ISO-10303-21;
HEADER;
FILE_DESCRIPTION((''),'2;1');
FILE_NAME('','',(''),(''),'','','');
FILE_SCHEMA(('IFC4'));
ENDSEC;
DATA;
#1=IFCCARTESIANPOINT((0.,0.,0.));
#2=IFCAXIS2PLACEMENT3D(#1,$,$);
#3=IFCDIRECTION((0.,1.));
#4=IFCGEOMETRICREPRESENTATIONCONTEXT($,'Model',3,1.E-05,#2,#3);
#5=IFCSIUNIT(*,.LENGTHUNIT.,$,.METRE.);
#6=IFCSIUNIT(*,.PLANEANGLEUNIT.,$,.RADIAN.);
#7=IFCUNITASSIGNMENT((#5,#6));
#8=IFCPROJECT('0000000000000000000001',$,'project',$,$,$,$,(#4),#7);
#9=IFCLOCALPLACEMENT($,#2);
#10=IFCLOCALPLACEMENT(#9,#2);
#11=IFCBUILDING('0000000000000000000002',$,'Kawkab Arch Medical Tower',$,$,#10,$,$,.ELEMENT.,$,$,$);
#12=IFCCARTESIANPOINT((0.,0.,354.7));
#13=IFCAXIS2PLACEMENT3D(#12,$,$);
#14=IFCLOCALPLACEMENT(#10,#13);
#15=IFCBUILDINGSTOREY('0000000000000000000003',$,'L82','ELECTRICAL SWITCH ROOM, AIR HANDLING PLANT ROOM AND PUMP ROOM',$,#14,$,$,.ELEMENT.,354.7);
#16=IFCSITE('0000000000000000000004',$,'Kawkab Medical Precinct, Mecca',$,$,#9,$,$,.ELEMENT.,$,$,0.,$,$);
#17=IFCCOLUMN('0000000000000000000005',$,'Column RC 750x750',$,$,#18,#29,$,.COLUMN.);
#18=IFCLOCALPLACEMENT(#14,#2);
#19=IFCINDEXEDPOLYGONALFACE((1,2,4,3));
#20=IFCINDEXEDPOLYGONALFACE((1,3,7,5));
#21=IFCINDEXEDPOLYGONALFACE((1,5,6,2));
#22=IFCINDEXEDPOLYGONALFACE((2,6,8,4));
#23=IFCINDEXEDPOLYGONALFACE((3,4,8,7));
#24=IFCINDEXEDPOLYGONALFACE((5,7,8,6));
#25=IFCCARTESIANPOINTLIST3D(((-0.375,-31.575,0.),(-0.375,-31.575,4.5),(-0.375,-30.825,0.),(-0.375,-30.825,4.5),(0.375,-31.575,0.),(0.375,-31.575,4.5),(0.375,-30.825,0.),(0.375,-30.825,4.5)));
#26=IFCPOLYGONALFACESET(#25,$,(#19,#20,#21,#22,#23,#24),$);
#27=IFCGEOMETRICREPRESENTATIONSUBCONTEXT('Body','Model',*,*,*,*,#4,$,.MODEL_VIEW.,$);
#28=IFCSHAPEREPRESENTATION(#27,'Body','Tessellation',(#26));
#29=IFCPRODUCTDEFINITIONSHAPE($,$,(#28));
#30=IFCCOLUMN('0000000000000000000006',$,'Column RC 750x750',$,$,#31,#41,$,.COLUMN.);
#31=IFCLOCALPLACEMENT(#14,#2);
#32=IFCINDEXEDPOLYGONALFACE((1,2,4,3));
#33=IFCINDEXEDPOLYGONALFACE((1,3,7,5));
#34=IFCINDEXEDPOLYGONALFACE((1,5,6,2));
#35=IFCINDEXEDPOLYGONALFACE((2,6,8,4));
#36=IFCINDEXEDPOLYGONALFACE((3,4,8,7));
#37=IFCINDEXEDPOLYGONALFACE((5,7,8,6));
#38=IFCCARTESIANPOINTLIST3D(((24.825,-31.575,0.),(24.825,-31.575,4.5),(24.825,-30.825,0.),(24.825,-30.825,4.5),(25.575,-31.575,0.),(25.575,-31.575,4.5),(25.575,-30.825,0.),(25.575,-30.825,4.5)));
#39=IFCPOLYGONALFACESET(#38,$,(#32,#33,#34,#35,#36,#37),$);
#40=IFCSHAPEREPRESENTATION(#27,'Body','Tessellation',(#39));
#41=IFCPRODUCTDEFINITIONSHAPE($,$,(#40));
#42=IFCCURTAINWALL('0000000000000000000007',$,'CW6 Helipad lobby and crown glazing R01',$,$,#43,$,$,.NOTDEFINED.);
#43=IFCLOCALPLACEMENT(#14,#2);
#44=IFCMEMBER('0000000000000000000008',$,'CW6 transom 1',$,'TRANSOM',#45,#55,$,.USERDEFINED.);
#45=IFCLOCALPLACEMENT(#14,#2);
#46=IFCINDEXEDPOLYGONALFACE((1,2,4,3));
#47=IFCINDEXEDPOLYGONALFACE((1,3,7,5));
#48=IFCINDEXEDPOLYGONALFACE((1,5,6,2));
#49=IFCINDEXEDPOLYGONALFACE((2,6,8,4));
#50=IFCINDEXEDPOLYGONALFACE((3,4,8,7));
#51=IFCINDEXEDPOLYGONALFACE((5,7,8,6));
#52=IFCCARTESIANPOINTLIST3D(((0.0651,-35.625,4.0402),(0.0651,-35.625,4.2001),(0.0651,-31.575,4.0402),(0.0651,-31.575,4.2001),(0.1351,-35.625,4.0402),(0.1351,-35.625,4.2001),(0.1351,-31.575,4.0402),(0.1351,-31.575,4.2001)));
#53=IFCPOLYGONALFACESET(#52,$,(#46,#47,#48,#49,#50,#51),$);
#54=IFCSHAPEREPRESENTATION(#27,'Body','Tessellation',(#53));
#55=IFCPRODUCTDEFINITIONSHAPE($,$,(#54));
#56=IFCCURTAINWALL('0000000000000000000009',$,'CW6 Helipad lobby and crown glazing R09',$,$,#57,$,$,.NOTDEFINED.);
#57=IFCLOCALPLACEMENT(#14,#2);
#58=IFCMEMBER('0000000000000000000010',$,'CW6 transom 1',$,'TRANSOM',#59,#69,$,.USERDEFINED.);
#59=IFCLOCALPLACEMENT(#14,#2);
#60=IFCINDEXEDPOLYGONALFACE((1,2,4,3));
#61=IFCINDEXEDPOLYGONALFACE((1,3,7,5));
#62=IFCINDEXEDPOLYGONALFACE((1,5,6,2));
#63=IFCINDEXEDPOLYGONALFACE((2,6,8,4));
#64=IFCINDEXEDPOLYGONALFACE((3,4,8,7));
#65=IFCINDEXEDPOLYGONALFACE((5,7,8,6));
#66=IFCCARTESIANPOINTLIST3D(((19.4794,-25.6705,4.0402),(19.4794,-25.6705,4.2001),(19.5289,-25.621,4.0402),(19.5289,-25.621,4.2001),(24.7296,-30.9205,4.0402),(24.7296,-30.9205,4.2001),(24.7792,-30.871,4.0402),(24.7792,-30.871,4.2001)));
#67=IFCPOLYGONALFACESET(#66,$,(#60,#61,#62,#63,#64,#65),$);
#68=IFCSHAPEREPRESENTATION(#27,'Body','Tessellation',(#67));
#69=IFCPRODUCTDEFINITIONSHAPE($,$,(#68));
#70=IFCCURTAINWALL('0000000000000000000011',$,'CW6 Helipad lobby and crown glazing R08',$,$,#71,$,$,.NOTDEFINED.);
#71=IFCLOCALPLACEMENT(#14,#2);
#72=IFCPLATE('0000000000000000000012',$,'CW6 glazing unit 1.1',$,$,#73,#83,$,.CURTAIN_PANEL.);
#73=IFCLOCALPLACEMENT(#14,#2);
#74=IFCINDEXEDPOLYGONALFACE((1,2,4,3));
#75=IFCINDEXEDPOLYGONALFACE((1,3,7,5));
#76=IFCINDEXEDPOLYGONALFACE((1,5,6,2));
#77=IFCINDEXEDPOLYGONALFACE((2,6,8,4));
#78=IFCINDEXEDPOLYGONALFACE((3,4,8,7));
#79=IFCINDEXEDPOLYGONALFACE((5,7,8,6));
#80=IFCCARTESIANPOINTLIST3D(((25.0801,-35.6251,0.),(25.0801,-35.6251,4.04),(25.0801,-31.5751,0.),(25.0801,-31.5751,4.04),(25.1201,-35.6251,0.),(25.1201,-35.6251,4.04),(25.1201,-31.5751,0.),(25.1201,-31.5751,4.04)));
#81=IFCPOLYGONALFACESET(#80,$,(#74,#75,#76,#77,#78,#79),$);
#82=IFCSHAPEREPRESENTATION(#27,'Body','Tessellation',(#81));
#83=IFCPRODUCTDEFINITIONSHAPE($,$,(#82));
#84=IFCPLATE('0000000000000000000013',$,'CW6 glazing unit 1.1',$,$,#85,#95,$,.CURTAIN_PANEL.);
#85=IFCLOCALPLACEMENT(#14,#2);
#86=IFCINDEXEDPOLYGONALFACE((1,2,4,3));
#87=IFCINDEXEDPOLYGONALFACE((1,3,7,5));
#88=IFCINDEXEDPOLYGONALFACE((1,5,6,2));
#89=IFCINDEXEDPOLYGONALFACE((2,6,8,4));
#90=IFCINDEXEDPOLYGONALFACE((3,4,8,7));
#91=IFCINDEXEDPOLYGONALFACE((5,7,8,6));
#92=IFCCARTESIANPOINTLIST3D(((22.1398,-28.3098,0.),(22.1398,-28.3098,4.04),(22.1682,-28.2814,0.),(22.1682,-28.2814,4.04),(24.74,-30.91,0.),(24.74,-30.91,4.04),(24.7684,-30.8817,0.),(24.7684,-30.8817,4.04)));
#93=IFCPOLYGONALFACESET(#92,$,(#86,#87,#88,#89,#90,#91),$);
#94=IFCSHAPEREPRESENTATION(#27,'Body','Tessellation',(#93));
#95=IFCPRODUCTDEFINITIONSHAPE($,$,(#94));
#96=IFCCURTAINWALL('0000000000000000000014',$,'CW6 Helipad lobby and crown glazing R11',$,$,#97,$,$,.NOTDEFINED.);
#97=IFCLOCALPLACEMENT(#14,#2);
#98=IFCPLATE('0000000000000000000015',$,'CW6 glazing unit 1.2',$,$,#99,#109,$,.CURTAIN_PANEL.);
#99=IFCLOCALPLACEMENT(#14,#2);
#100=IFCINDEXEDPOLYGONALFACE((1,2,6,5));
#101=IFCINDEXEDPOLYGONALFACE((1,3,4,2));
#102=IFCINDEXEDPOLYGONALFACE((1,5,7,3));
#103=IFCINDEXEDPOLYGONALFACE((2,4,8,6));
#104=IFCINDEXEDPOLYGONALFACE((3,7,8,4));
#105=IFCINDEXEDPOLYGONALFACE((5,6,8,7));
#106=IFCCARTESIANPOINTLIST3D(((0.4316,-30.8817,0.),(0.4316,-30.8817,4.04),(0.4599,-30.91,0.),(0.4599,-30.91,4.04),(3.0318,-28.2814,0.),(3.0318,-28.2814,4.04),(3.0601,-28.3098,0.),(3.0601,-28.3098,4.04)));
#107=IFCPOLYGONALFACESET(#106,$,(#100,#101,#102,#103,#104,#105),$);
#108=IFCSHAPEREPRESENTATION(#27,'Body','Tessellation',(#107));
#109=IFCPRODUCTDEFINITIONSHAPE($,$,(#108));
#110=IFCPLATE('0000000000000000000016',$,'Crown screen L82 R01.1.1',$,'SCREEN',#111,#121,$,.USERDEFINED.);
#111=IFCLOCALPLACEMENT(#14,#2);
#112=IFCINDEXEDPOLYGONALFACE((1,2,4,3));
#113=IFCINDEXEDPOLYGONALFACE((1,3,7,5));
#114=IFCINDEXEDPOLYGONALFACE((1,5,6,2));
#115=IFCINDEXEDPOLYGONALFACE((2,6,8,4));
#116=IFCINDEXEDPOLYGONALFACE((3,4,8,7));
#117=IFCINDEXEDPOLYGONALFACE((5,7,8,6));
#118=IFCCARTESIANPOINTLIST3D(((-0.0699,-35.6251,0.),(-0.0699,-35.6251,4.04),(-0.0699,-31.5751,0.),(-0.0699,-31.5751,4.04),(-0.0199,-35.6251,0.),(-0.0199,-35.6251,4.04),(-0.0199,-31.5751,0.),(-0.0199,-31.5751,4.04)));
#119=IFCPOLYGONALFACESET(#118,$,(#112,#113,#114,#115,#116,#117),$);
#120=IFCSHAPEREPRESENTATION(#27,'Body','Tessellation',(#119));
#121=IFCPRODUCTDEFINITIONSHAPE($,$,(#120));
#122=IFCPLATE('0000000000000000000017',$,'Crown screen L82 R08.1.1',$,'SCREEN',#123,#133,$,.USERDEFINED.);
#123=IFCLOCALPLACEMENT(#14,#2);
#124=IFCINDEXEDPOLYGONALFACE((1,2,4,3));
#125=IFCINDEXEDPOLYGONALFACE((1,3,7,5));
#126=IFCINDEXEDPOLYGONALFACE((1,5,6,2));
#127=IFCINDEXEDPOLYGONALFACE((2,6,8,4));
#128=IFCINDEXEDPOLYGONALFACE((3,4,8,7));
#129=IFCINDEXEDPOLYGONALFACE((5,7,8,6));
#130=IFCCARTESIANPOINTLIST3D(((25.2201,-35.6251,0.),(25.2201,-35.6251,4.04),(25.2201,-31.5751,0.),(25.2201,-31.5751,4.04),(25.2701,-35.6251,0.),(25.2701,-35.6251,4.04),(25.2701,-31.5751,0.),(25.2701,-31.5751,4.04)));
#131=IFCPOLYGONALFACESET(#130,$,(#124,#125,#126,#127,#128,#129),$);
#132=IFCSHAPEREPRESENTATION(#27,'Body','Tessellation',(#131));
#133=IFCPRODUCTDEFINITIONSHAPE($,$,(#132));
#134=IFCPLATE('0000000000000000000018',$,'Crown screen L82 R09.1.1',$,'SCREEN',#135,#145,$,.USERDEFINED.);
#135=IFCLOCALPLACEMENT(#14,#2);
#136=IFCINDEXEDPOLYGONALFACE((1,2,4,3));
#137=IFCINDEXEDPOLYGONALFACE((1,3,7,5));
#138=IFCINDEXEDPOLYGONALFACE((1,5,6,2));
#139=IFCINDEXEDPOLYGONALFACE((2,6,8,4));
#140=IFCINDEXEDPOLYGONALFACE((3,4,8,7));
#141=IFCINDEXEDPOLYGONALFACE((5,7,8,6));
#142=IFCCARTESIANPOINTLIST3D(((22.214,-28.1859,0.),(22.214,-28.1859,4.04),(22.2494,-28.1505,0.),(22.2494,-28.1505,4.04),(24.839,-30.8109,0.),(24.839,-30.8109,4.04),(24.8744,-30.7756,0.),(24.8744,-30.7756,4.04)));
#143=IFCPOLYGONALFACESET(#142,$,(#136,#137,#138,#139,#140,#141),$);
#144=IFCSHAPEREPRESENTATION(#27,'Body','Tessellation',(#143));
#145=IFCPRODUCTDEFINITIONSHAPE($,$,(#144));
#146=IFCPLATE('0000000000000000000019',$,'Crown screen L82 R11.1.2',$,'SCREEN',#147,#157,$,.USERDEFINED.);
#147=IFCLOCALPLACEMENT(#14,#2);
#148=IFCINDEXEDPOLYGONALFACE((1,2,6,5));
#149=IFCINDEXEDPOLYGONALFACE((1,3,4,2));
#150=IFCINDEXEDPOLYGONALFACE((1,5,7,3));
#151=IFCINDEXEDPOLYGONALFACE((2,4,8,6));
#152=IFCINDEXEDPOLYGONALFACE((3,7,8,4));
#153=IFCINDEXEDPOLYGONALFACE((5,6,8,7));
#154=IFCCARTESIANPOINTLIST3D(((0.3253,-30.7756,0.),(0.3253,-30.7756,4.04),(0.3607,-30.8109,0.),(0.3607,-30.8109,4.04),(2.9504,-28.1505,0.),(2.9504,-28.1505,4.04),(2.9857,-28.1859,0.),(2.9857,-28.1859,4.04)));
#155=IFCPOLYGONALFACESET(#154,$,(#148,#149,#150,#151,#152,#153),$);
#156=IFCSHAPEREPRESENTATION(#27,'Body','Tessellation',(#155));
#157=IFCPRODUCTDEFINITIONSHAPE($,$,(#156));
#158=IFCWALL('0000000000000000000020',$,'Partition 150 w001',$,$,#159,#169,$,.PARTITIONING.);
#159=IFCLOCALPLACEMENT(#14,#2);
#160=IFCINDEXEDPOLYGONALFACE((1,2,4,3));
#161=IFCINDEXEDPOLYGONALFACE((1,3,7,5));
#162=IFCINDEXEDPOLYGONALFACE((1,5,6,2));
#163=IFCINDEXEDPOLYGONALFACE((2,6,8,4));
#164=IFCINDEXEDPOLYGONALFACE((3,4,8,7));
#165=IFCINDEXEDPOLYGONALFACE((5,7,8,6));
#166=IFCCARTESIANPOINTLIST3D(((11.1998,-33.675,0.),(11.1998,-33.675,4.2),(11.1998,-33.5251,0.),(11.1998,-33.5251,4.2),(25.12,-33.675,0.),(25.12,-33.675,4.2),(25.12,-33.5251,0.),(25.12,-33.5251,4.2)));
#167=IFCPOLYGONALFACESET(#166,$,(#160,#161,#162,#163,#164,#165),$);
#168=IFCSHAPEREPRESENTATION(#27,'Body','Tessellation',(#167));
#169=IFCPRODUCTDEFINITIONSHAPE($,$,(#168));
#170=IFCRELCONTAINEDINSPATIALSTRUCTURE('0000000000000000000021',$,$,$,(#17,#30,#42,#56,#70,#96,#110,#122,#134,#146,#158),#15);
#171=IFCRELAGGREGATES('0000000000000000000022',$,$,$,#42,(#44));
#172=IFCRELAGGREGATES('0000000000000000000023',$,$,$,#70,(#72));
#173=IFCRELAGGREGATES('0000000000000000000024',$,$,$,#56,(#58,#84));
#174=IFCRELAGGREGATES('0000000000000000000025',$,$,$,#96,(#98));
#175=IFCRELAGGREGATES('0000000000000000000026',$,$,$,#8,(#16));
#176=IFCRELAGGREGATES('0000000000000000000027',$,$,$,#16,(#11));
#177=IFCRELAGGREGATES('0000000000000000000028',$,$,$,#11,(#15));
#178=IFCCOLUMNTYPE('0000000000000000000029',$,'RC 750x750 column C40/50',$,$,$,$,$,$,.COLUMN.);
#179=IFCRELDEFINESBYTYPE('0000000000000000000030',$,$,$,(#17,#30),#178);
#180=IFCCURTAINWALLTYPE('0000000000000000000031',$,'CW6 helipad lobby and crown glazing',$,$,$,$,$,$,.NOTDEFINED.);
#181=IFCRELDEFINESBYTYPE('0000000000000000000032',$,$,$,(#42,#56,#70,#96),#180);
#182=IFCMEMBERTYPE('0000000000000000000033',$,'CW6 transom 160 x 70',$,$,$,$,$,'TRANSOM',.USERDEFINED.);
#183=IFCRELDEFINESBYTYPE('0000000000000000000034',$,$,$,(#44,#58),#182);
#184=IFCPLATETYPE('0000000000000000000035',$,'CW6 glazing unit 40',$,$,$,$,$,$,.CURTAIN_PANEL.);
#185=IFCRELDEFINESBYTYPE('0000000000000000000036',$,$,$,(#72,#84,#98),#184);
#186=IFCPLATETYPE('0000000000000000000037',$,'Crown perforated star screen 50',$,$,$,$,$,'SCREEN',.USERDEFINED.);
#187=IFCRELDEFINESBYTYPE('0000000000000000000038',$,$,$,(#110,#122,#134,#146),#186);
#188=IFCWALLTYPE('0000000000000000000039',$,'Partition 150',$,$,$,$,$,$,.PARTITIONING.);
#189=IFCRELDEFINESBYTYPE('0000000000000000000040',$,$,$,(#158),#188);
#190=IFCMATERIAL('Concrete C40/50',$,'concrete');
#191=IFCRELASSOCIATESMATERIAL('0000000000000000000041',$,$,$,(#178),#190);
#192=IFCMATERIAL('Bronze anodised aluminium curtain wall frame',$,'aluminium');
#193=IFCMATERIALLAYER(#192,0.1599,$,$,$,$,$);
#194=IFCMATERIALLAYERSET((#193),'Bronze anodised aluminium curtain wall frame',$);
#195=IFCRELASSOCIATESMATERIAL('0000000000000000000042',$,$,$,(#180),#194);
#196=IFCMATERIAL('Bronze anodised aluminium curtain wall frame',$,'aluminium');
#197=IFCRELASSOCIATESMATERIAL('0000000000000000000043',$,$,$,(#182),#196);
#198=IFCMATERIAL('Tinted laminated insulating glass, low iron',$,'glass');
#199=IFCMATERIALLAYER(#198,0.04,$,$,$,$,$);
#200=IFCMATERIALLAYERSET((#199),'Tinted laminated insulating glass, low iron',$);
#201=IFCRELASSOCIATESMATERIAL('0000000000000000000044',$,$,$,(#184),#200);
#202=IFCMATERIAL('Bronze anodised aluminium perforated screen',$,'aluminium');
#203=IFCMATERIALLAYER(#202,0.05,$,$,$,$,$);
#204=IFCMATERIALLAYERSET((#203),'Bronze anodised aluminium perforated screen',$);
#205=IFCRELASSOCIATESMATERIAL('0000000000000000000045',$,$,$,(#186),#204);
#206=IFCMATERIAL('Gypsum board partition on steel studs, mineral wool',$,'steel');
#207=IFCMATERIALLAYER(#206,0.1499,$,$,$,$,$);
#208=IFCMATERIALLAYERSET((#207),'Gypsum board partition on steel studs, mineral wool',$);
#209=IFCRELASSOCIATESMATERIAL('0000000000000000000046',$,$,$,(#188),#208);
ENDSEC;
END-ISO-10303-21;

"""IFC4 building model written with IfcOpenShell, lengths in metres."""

from ifc_helpers import new_model, si_unit, direction, frame, frame_2d, origin, origin_2d, place, context, subcontext, project, spatial, rectangle, extrude, material, layer, layer_set, material_profile, profile_set, type_object, element, aggregate, save


model = new_model("IFC4")

# Units and contexts
model_context = context("Model", 3, precision=1e-05, world=origin(), true_north=direction((0.0, 1.0)))
body_context = subcontext(model_context, "Body", "Model", "MODEL_VIEW")
ifc_project = project(units=[si_unit("LENGTHUNIT", "METRE"), si_unit("PLANEANGLEUNIT", "RADIAN")], contexts=[model_context])

# Site, building, storey
site_placement = place(None, origin())
site = spatial("IfcSite", under=ifc_project, at=site_placement, Name="Kawkab Medical Precinct, Mecca", CompositionType="ELEMENT", RefElevation=0.0)
building_placement = place(site_placement, origin())
building = spatial("IfcBuilding", under=site, at=building_placement, Name="Kawkab Arch Medical Tower", CompositionType="ELEMENT")
storey_placement = place(building_placement, frame((0.0, 0.0, 354.7)))
storey = spatial("IfcBuildingStorey", under=building, at=storey_placement, Name="L82", Description="ELECTRICAL SWITCH ROOM, AIR HANDLING PLANT ROOM AND PUMP ROOM", CompositionType="ELEMENT", Elevation=354.7)

# Columns
ifc_material_1 = material(Name="Concrete C40/50", Category="concrete")
ifc_material_profile_1 = material_profile(ifc_material_1, rectangle(XDim=0.75, YDim=0.75, at=origin_2d()), Name="RC 750x750")
ifc_profile_set_1 = profile_set([ifc_material_profile_1], Name="Concrete C40/50")
column_type = type_object("IfcColumnType", Name="RC 750x750 column C40/50", PredefinedType="COLUMN", material=ifc_profile_set_1)
for number, where, z_axis, x_axis, name in (
    (1, (0.0, -31.2, 0.0), (0.0, 0.0, 1.0), (1.0, 0.0, 0.0), "Column RC 750x750"),
    (2, (25.2, -31.2, 0.0), (0.0, 0.0, 1.0), (1.0, 0.0, 0.0), "Column RC 750x750"),
):
    element("IfcColumn", number, at=place(storey_placement, frame(where, z_axis=z_axis, x_axis=x_axis)), inside=storey, type_object=column_type, Name=name, PredefinedType="COLUMN", context=body_context, shape_type="SweptSolid", body=[
        extrude(rectangle(XDim=0.75, YDim=0.75, at=origin_2d()), origin(), (0.0, 0.0, 1.0), 4.5),
    ])

# Curtain walls, members
ifc_material_2 = material(Name="Bronze anodised aluminium curtain wall frame", Category="aluminium")
ifc_layer_1 = layer(ifc_material_2, 0.1599)
ifc_layer_set_1 = layer_set([ifc_layer_1], Name="Bronze anodised aluminium curtain wall frame")
curtain_wall_type = type_object("IfcCurtainWallType", Name="CW6 helipad lobby and crown glazing", PredefinedType="NOTDEFINED", material=ifc_layer_set_1)
placement = place(storey_placement, origin())
curtain_wall_1 = element("IfcCurtainWall", 3, at=placement, inside=storey, type_object=curtain_wall_type, Name="CW6 Helipad lobby and crown glazing R01", PredefinedType="NOTDEFINED")
ifc_material_3 = material(Name="Bronze anodised aluminium curtain wall frame", Category="aluminium")
ifc_material_profile_2 = material_profile(ifc_material_3, rectangle(XDim=0.0701, YDim=0.1599, at=origin_2d()), Name="AL 70x160")
ifc_profile_set_2 = profile_set([ifc_material_profile_2], Name="Bronze anodised aluminium curtain wall frame")
member_type = type_object("IfcMemberType", Name="CW6 transom 160 x 70", ElementType="TRANSOM", PredefinedType="USERDEFINED", material=ifc_profile_set_2)
member_1_placement = place(storey_placement, frame((0.1001, -31.575, 4.1201), z_axis=(0.0, -1.0, 0.0), x_axis=(1.0, 0.0, 0.0)))
member_1 = element("IfcMember", 4, at=member_1_placement, type_object=member_type, Name="CW6 transom 1", ObjectType="TRANSOM", PredefinedType="USERDEFINED", context=body_context, shape_type="SweptSolid", body=[
    extrude(rectangle(XDim=0.0701, YDim=0.1599, at=origin_2d()), origin(), (0.0, 0.0, 1.0), 4.05),
])
aggregate(curtain_wall_1, [member_1])
curtain_wall_2 = element("IfcCurtainWall", 5, at=placement, inside=storey, type_object=curtain_wall_type, Name="CW6 Helipad lobby and crown glazing R09", PredefinedType="NOTDEFINED")
member_2_placement = place(storey_placement, frame((24.7544, -30.8958, 4.1201), z_axis=(-0.707123, 0.70709, 0.0), x_axis=(-0.70709, -0.707123, 0.0)))
member_2 = element("IfcMember", 6, at=member_2_placement, type_object=member_type, Name="CW6 transom 1", ObjectType="TRANSOM", PredefinedType="USERDEFINED", context=body_context, shape_type="SweptSolid", body=[
    extrude(rectangle(XDim=0.0701, YDim=0.1599, at=origin_2d()), origin(), (0.0, 0.0, 1.0), 7.4248),
])

# Curtain wall, plate
curtain_wall_3 = element("IfcCurtainWall", 7, at=placement, inside=storey, type_object=curtain_wall_type, Name="CW6 Helipad lobby and crown glazing R08", PredefinedType="NOTDEFINED")
ifc_material_4 = material(Name="Tinted laminated insulating glass, low iron", Category="glass")
ifc_layer_2 = layer(ifc_material_4, 0.04)
ifc_layer_set_2 = layer_set([ifc_layer_2], Name="Tinted laminated insulating glass, low iron")
plate_type_1 = type_object("IfcPlateType", Name="CW6 glazing unit 40", PredefinedType="CURTAIN_PANEL", material=ifc_layer_set_2)
plate_1_placement = place(storey_placement, frame((25.1001, -33.6001, 0.0), z_axis=(0.0, 0.0, 1.0), x_axis=(0.0, 1.0, 0.0)))
plate_1 = element("IfcPlate", 8, at=plate_1_placement, type_object=plate_type_1, Name="CW6 glazing unit 1.1", PredefinedType="CURTAIN_PANEL", context=body_context, shape_type="SweptSolid", body=[
    extrude(rectangle(XDim=4.05, YDim=0.04, at=origin_2d()), origin(), (0.0, 0.0, 1.0), 4.04),
])
aggregate(curtain_wall_3, [plate_1])

# Plate
plate_2_placement = place(storey_placement, frame((23.4541, -29.5957, 0.0), z_axis=(0.0, 0.0, 1.0), x_axis=(-0.707107, 0.707107, 0.0)))
plate_2 = element("IfcPlate", 9, at=plate_2_placement, type_object=plate_type_1, Name="CW6 glazing unit 1.1", PredefinedType="CURTAIN_PANEL", context=body_context, shape_type="SweptSolid", body=[
    extrude(rectangle(XDim=3.6772, YDim=0.04, at=origin_2d()), origin(), (0.0, 0.0, 1.0), 4.04),
])
aggregate(curtain_wall_2, [member_2, plate_2])

# Curtain wall, plate
curtain_wall_4 = element("IfcCurtainWall", 10, at=placement, inside=storey, type_object=curtain_wall_type, Name="CW6 Helipad lobby and crown glazing R11", PredefinedType="NOTDEFINED")
plate_3_placement = place(storey_placement, frame((1.7458, -29.5957, 0.0), z_axis=(0.0, 0.0, 1.0), x_axis=(-0.707107, -0.707107, 0.0)))
plate_3 = element("IfcPlate", 11, at=plate_3_placement, type_object=plate_type_1, Name="CW6 glazing unit 1.2", PredefinedType="CURTAIN_PANEL", context=body_context, shape_type="SweptSolid", body=[
    extrude(rectangle(XDim=3.6772, YDim=0.04, at=origin_2d()), origin(), (0.0, 0.0, 1.0), 4.04),
])
aggregate(curtain_wall_4, [plate_3])

# Plates
ifc_material_5 = material(Name="Bronze anodised aluminium perforated screen", Category="aluminium")
ifc_layer_3 = layer(ifc_material_5, 0.05)
ifc_layer_set_3 = layer_set([ifc_layer_3], Name="Bronze anodised aluminium perforated screen")
plate_type_2 = type_object("IfcPlateType", Name="Crown perforated star screen 50", ElementType="SCREEN", PredefinedType="USERDEFINED", material=ifc_layer_set_3)
for number, where, z_axis, x_axis, name in (
    (12, (-0.0449, -33.6001, 0.0), (0.0, 0.0, 1.0), (0.0, -1.0, 0.0), "Crown screen L82 R01.1.1"),
    (13, (25.2451, -33.6001, 0.0), (0.0, 0.0, 1.0), (0.0, 1.0, 0.0), "Crown screen L82 R08.1.1"),
):
    element("IfcPlate", number, at=place(storey_placement, frame(where, z_axis=z_axis, x_axis=x_axis)), inside=storey, type_object=plate_type_2, Name=name, ObjectType="SCREEN", PredefinedType="USERDEFINED", context=body_context, shape_type="SweptSolid", body=[
        extrude(rectangle(XDim=4.05, YDim=0.05, at=origin_2d()), origin(), (0.0, 0.0, 1.0), 4.04),
    ])
for number, where, z_axis, x_axis, name in (
    (14, (23.5442, -29.4807, 0.0), (0.0, 0.0, 1.0), (-0.707107, 0.707107, 0.0), "Crown screen L82 R09.1.1"),
    (15, (1.6555, -29.4807, 0.0), (0.0, 0.0, 1.0), (-0.707107, -0.707107, 0.0), "Crown screen L82 R11.1.2"),
):
    element("IfcPlate", number, at=place(storey_placement, frame(where, z_axis=z_axis, x_axis=x_axis)), inside=storey, type_object=plate_type_2, Name=name, ObjectType="SCREEN", PredefinedType="USERDEFINED", context=body_context, shape_type="SweptSolid", body=[
        extrude(rectangle(XDim=3.7124, YDim=0.05, at=origin_2d()), origin(), (0.0, 0.0, 1.0), 4.04),
    ])

# Wall
ifc_material_6 = material(Name="Gypsum board partition on steel studs, mineral wool", Category="steel")
ifc_layer_4 = layer(ifc_material_6, 0.1499)
ifc_layer_set_4 = layer_set([ifc_layer_4], Name="Gypsum board partition on steel studs, mineral wool")
wall_type_1 = type_object("IfcWallType", Name="Partition 150", PredefinedType="PARTITIONING", material=ifc_layer_set_4)
wall_1_placement = place(storey_placement, frame((11.2, -33.6001, 0.0), z_axis=(0.0, 0.0, 1.0), x_axis=(1.0, 0.0, 0.0)))
element("IfcWall", 16, at=wall_1_placement, inside=storey, type_object=wall_type_1, Name="Partition 150 w001", PredefinedType="PARTITIONING", context=body_context, shape_type="SweptSolid", body=[
    extrude(rectangle(XDim=13.9202, YDim=0.1499, at=frame_2d((6.96, 0.0))), origin(), (0.0, 0.0, 1.0), 4.2),
])

save(model, "model.ifc")
